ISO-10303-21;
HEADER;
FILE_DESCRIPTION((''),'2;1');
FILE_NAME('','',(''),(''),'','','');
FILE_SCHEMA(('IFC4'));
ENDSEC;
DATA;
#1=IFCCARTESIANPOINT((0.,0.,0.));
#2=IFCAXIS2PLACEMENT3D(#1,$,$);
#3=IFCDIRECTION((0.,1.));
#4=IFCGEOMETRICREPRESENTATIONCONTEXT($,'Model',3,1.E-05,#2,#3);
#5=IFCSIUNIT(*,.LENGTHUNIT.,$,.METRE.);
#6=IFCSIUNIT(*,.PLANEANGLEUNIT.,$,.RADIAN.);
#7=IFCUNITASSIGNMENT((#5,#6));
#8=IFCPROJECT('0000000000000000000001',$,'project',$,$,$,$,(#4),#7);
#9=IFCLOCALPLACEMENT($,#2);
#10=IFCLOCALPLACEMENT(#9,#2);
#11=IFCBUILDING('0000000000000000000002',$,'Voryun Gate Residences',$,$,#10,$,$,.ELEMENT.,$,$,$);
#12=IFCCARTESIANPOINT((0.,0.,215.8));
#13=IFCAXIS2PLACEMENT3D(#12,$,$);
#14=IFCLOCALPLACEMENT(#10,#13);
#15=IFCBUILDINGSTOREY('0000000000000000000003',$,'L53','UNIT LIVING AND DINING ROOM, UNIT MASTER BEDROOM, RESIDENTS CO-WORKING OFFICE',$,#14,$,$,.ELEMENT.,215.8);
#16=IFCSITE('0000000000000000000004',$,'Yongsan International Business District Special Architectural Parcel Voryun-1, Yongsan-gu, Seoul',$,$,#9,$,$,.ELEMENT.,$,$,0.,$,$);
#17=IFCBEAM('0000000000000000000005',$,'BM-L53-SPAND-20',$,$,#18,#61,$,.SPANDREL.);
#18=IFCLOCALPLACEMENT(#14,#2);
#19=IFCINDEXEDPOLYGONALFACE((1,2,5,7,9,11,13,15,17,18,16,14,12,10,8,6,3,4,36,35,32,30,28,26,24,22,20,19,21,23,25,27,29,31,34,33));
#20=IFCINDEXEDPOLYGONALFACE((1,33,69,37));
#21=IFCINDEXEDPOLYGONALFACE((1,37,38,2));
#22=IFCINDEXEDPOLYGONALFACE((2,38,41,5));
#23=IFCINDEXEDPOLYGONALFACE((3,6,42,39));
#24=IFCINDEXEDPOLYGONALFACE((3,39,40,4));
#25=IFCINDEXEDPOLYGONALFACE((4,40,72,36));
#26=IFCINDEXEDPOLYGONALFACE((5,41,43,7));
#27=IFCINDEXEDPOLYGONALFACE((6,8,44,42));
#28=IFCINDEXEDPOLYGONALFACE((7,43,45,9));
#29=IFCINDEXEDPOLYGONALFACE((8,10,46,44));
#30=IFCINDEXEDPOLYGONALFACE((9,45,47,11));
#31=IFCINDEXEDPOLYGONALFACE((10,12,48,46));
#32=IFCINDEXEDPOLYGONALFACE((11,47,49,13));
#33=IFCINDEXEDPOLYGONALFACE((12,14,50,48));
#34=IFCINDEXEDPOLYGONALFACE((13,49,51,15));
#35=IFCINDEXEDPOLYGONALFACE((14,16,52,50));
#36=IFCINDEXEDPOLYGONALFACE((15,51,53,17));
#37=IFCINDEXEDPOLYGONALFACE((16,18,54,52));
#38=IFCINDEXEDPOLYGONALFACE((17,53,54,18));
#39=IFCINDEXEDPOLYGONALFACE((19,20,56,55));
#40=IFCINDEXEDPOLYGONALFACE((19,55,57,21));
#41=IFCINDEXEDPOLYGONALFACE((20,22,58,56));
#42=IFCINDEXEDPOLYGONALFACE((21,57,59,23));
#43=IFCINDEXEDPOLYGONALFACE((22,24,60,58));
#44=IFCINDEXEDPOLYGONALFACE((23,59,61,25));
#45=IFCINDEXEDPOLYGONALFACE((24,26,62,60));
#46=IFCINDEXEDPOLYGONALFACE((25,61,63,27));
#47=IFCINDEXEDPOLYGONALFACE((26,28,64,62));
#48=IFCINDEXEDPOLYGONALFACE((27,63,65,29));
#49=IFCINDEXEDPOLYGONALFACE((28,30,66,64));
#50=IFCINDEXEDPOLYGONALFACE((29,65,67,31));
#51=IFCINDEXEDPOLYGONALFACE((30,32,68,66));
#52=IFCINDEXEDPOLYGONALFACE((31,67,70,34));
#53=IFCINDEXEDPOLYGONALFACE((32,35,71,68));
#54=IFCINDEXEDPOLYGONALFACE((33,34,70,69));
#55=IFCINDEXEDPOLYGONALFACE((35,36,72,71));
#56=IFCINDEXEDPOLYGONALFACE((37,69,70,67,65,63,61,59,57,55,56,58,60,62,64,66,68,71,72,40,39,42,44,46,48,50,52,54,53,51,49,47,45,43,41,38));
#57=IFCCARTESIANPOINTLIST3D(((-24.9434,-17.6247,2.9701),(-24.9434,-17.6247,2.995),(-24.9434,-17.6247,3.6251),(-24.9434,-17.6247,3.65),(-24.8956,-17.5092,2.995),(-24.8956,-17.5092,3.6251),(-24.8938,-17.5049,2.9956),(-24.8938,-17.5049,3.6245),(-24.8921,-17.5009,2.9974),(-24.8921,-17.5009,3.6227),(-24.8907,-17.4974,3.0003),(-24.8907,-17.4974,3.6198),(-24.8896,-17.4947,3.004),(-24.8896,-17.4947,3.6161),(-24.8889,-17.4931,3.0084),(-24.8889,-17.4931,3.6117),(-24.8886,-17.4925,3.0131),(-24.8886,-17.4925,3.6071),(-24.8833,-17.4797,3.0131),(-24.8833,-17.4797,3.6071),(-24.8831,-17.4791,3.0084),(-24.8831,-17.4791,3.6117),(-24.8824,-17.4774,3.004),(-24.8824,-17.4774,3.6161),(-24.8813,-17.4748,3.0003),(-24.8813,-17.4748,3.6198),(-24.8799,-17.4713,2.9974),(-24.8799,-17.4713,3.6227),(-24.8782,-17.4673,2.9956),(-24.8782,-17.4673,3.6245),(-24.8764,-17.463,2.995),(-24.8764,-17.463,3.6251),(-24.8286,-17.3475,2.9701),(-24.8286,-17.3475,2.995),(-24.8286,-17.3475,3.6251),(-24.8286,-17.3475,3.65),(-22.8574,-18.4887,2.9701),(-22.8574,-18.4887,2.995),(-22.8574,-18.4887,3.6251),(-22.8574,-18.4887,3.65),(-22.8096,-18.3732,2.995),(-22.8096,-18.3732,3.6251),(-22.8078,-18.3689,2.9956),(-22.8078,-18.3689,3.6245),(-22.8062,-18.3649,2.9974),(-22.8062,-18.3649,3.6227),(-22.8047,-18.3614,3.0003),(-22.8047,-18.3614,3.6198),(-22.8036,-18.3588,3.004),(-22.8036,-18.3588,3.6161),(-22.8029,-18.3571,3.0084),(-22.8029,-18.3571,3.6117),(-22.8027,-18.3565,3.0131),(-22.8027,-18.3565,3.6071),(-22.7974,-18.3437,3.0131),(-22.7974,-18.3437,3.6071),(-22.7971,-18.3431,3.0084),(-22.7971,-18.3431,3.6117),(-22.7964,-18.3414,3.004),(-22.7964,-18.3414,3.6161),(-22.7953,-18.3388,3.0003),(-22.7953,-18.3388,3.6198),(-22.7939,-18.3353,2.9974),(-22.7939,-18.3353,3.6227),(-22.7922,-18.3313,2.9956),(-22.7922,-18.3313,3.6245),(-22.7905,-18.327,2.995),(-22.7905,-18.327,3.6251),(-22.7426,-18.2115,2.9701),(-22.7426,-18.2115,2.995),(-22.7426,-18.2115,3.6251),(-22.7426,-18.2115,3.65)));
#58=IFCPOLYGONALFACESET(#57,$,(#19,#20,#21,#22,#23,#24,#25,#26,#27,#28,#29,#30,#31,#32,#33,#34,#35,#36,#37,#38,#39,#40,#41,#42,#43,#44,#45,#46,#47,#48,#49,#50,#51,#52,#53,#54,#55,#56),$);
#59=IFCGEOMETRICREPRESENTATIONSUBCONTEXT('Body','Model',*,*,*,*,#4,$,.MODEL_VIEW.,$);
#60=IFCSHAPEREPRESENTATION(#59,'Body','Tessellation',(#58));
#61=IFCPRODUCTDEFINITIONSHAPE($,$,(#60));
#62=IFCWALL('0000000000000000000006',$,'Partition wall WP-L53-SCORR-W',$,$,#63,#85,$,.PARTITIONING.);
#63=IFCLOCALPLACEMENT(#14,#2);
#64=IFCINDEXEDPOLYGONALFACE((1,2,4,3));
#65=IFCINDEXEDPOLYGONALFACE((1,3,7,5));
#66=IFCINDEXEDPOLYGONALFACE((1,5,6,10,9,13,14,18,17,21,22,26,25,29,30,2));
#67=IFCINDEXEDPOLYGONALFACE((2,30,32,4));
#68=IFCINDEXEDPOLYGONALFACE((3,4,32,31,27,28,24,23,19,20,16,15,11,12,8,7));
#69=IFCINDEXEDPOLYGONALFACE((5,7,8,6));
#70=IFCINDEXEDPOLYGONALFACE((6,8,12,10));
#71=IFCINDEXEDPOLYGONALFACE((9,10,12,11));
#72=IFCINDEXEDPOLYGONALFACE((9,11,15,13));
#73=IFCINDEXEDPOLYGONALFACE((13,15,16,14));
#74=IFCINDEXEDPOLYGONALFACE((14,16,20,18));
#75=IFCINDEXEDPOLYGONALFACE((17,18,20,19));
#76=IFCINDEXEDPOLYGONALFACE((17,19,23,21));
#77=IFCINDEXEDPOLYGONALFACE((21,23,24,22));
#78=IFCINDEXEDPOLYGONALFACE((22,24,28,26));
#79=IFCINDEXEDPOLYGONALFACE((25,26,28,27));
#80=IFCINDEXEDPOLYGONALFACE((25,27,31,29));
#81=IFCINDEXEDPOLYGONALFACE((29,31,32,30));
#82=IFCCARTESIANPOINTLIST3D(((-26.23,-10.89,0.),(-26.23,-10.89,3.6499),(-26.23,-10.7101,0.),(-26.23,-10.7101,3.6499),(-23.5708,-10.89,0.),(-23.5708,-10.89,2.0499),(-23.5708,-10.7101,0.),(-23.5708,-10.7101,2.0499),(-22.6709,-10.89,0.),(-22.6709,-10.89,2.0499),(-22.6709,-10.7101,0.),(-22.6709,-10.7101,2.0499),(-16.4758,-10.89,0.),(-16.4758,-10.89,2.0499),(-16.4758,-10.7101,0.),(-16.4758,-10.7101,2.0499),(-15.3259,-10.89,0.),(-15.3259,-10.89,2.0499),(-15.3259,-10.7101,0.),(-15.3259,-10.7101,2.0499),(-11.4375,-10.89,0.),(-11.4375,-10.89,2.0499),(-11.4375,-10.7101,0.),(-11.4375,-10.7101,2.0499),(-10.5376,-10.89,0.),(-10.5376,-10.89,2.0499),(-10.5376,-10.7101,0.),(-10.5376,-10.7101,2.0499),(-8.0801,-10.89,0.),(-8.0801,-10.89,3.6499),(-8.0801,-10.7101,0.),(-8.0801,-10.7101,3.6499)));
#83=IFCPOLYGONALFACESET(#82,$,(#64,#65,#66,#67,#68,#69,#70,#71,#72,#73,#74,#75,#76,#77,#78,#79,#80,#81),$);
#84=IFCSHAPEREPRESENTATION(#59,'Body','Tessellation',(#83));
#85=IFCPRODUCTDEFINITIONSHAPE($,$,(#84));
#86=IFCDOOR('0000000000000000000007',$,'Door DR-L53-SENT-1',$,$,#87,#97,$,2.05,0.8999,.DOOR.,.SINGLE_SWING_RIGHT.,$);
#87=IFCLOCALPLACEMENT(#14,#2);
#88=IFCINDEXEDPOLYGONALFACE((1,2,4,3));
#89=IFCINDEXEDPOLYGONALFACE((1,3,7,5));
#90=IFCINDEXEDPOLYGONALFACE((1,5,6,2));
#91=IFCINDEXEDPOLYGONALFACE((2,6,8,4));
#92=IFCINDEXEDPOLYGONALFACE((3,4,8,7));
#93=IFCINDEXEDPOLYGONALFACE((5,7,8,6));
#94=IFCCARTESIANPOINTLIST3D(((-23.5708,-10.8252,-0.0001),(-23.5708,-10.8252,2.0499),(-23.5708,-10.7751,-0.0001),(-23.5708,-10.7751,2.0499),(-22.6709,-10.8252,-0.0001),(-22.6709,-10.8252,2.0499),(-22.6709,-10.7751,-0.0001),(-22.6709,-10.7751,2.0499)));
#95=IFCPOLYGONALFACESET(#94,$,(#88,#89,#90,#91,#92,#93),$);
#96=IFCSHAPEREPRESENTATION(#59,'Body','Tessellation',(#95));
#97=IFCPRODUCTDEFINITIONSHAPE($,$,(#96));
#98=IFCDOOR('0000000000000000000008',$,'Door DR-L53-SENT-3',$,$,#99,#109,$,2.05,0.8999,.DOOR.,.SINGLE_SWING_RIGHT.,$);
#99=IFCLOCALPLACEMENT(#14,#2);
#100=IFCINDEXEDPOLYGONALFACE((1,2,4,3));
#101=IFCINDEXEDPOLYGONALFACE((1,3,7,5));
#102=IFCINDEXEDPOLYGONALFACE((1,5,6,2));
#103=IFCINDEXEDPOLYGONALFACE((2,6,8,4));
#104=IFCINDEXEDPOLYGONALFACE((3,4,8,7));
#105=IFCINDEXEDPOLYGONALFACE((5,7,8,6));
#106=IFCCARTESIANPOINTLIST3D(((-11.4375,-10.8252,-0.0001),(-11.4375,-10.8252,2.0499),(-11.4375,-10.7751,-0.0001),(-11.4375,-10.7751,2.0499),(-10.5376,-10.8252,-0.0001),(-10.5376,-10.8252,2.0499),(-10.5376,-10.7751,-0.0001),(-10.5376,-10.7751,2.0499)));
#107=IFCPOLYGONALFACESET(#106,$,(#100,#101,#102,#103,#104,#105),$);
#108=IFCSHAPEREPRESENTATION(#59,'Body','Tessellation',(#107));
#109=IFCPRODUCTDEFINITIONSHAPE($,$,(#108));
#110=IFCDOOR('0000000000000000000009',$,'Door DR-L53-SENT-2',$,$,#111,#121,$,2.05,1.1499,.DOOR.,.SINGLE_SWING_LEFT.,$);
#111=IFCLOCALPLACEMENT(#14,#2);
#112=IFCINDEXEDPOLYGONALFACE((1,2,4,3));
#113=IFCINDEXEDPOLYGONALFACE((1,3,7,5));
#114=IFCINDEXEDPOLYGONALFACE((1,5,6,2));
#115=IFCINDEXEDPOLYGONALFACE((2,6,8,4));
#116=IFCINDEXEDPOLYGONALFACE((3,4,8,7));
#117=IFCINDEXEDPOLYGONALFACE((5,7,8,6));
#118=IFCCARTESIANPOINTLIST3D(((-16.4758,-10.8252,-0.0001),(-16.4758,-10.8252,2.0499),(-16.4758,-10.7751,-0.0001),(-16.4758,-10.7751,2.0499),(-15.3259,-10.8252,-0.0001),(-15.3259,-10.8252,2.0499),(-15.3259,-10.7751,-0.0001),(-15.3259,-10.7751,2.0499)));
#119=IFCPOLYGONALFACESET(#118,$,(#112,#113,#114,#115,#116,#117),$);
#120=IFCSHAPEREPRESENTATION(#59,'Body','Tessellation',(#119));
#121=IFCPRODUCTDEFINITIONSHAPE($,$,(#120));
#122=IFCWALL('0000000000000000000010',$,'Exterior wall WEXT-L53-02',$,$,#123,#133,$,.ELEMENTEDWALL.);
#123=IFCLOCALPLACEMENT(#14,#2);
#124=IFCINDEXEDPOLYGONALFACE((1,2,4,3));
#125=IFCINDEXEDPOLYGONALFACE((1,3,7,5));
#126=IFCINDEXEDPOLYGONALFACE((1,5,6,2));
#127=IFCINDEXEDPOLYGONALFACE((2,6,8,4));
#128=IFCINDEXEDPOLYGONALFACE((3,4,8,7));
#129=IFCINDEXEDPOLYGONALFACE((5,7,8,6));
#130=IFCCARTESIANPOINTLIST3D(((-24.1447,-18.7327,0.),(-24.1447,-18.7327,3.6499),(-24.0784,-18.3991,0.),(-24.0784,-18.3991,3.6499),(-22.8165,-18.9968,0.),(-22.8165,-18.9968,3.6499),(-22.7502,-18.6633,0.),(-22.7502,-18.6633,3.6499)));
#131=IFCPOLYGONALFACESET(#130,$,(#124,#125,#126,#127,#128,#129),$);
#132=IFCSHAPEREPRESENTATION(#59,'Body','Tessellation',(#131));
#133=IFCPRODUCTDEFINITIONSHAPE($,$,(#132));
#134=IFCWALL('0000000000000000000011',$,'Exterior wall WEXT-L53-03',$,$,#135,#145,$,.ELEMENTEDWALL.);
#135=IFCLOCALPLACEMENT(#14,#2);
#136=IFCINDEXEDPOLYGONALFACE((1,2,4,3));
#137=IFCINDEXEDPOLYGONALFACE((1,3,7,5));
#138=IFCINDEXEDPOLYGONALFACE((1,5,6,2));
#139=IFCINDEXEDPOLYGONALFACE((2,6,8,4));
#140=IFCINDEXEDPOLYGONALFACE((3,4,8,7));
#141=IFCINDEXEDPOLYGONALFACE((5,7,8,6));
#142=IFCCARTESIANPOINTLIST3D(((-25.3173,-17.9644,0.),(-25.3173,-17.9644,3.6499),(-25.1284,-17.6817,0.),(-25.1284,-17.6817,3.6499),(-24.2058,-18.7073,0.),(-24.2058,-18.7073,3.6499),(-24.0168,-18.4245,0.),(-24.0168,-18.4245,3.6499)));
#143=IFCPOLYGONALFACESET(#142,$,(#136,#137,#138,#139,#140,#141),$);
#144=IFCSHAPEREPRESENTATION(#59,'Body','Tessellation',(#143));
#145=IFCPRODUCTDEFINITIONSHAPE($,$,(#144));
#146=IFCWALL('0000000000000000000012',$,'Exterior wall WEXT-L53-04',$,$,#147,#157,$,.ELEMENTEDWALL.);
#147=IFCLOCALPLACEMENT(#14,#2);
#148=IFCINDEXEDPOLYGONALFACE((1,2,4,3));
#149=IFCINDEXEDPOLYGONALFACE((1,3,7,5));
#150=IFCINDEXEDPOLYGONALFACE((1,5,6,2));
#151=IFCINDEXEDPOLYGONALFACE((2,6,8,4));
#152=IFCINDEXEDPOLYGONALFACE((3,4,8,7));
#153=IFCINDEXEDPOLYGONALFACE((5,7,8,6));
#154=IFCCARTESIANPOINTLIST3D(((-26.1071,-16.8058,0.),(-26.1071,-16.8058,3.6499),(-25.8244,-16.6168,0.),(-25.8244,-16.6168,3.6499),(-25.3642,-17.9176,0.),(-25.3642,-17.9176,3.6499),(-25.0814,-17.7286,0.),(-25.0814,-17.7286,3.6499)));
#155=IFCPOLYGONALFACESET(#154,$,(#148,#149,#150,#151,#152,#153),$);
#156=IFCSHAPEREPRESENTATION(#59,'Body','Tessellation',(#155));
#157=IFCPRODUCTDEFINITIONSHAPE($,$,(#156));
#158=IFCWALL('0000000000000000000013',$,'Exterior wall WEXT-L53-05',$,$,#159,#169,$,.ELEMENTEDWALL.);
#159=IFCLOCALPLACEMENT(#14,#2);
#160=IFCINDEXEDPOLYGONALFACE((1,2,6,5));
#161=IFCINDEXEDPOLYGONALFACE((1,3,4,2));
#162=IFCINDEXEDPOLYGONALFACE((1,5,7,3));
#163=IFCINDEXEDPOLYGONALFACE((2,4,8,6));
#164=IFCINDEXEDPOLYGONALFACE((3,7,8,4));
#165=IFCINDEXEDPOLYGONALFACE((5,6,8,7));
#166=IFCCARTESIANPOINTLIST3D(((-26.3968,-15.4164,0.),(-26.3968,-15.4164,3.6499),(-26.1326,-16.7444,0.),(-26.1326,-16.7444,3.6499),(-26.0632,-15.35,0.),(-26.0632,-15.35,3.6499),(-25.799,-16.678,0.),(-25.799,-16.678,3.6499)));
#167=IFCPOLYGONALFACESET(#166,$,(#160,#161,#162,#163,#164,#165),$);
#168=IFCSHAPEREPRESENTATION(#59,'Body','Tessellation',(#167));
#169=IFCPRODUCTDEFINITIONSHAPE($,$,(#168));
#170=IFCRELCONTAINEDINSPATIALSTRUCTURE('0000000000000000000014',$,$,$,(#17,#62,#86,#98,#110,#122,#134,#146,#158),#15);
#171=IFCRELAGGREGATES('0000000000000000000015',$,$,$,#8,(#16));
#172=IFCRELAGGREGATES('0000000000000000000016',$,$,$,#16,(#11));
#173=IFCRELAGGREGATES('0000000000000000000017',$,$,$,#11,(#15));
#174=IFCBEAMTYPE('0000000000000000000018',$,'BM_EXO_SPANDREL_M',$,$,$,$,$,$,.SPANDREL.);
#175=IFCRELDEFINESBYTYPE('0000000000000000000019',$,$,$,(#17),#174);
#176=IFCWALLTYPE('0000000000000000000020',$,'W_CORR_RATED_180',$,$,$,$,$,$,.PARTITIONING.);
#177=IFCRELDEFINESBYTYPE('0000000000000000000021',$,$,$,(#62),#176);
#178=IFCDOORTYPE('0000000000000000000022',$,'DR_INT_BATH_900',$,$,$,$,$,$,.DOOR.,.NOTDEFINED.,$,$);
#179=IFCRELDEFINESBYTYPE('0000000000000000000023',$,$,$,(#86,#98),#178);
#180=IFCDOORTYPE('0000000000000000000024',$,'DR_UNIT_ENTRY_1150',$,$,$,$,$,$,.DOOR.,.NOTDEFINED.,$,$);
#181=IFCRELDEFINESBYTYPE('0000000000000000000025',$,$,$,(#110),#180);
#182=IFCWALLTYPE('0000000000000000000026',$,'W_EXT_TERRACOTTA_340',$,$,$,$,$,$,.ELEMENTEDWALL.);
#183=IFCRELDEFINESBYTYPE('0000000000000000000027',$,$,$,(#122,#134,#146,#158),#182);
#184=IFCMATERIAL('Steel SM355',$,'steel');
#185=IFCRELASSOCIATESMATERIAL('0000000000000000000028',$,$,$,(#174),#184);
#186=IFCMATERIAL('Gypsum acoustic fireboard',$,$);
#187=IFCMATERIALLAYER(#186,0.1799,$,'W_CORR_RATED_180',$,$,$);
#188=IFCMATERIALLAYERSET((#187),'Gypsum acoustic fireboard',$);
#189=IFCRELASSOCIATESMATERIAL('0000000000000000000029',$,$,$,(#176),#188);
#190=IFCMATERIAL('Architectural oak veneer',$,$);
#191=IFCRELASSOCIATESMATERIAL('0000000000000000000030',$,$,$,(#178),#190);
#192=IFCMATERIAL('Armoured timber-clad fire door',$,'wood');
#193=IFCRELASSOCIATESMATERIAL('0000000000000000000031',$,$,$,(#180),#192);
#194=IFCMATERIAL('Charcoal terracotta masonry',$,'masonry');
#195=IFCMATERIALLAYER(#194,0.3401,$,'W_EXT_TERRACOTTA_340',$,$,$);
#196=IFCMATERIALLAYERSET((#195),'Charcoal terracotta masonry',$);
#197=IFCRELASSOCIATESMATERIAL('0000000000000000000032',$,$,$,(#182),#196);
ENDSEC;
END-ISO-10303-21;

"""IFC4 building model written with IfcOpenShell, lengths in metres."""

from ifc_helpers import new_model, si_unit, direction, frame, frame_2d, origin, origin_2d, place, context, subcontext, project, spatial, rectangle, i_section, extrude, material, layer, layer_set, material_profile, profile_set, type_object, element, fill, save


model = new_model("IFC4")

# Units and contexts
model_context = context("Model", 3, precision=1e-05, world=origin(), true_north=direction((0.0, 1.0)))
body_context = subcontext(model_context, "Body", "Model", "MODEL_VIEW")
ifc_project = project(units=[si_unit("LENGTHUNIT", "METRE"), si_unit("PLANEANGLEUNIT", "RADIAN")], contexts=[model_context])

# Site, building, storey
site_placement = place(None, origin())
site = spatial("IfcSite", under=ifc_project, at=site_placement, Name="Yongsan International Business District Special Architectural Parcel Voryun-1, Yongsan-gu, Seoul", CompositionType="ELEMENT", RefElevation=0.0)
building_placement = place(site_placement, origin())
building = spatial("IfcBuilding", under=site, at=building_placement, Name="Voryun Gate Residences", CompositionType="ELEMENT")
storey_placement = place(building_placement, frame((0.0, 0.0, 215.8)))
storey = spatial("IfcBuildingStorey", under=building, at=storey_placement, Name="L53", Description="UNIT LIVING AND DINING ROOM, UNIT MASTER BEDROOM, RESIDENTS CO-WORKING OFFICE", CompositionType="ELEMENT", Elevation=215.8)

# Beam
ifc_material_1 = material(Name="Steel SM355", Category="steel")
ifc_material_profile_1 = material_profile(ifc_material_1, i_section(OverallWidth=0.3, OverallDepth=0.6799, WebThickness=0.0139, FlangeThickness=0.0249, FilletRadius=0.0181, at=origin_2d()), Name="H-680x300x14x25")
ifc_profile_set_1 = profile_set([ifc_material_profile_1], Name="Steel SM355")
beam_type = type_object("IfcBeamType", Name="BM_EXO_SPANDREL_M", PredefinedType="SPANDREL", material=ifc_profile_set_1)
beam_1_placement = place(storey_placement, frame((-24.886, -17.4861, 3.3101), z_axis=(0.923881, -0.38268, 0.0), x_axis=(0.38268, 0.923881, 0.0)))
element("IfcBeam", 1, at=beam_1_placement, inside=storey, type_object=beam_type, Name="BM-L53-SPAND-20", PredefinedType="SPANDREL", context=body_context, shape_type="SweptSolid", body=[
    extrude(i_section(OverallWidth=0.3, OverallDepth=0.6799, WebThickness=0.0139, FlangeThickness=0.0249, FilletRadius=0.0181, at=origin_2d()), origin(), (0.0, 0.0, 1.0), 2.2578),
])

# Wall, openings, doors
ifc_material_2 = material(Name="Gypsum acoustic fireboard")
ifc_layer_1 = layer(ifc_material_2, 0.1799, Name="W_CORR_RATED_180")
ifc_layer_set_1 = layer_set([ifc_layer_1], Name="Gypsum acoustic fireboard")
wall_type_1 = type_object("IfcWallType", Name="W_CORR_RATED_180", PredefinedType="PARTITIONING", material=ifc_layer_set_1)
wall_1_placement = place(storey_placement, frame((-26.23, -10.8, 0.0), z_axis=(0.0, 0.0, 1.0), x_axis=(1.0, 0.0, 0.0)))
wall_1 = element("IfcWall", 2, at=wall_1_placement, inside=storey, type_object=wall_type_1, Name="Partition wall WP-L53-SCORR-W", PredefinedType="PARTITIONING", context=body_context, shape_type="SweptSolid", body=[
    extrude(rectangle(XDim=18.1499, YDim=0.1799, at=frame_2d((9.075, 0.0))), origin(), (0.0, 0.0, 1.0), 3.6499),
])
opening_1_placement = place(wall_1_placement, frame((2.6592, 0.0, 0.0)))
opening_1 = element("IfcOpeningElement", 3, at=opening_1_placement, cuts=wall_1, PredefinedType="OPENING", context=body_context, shape_type="SweptSolid", body=[
    extrude(rectangle(XDim=0.8999, YDim=2.05, at=frame_2d((0.45, 1.0249))), frame((0.0, 0.0999, 0.0), z_axis=(0.0, -1.0, 0.0), x_axis=(1.0, 0.0, 0.0)), (0.0, 0.0, 1.0), 0.2),
])
opening_2_placement = place(wall_1_placement, frame((9.7542, 0.0, 0.0)))
opening_2 = element("IfcOpeningElement", 4, at=opening_2_placement, cuts=wall_1, PredefinedType="OPENING", context=body_context, shape_type="SweptSolid", body=[
    extrude(rectangle(XDim=1.1499, YDim=2.05, at=frame_2d((0.575, 1.0249))), frame((0.0, 0.0999, 0.0), z_axis=(0.0, -1.0, 0.0), x_axis=(1.0, 0.0, 0.0)), (0.0, 0.0, 1.0), 0.2),
])
opening_3_placement = place(wall_1_placement, frame((14.7925, 0.0, 0.0)))
opening_3 = element("IfcOpeningElement", 5, at=opening_3_placement, cuts=wall_1, PredefinedType="OPENING", context=body_context, shape_type="SweptSolid", body=[
    extrude(rectangle(XDim=0.8999, YDim=2.05, at=frame_2d((0.45, 1.0249))), frame((0.0, 0.0999, 0.0), z_axis=(0.0, -1.0, 0.0), x_axis=(1.0, 0.0, 0.0)), (0.0, 0.0, 1.0), 0.2),
])
ifc_material_3 = material(Name="Architectural oak veneer")
door_type_1 = type_object("IfcDoorType", Name="DR_INT_BATH_900", OperationType="NOTDEFINED", PredefinedType="DOOR", material=ifc_material_3)
door_1_placement = place(opening_1_placement, origin())
door_1 = element("IfcDoor", 6, at=door_1_placement, inside=storey, type_object=door_type_1, Name="Door DR-L53-SENT-1", OperationType="SINGLE_SWING_RIGHT", OverallHeight=2.05, OverallWidth=0.8999, PredefinedType="DOOR", context=body_context, shape_type="SweptSolid", body=[
    extrude(rectangle(XDim=0.8999, YDim=2.05, at=frame_2d((0.45, 1.0249))), frame((0.0, 0.0249, 0.0), z_axis=(0.0, -1.0, 0.0), x_axis=(1.0, 0.0, 0.0)), (0.0, 0.0, 1.0), 0.05),
])
fill(opening_1, door_1)
door_2_placement = place(opening_3_placement, origin())
door_2 = element("IfcDoor", 7, at=door_2_placement, inside=storey, type_object=door_type_1, Name="Door DR-L53-SENT-3", OperationType="SINGLE_SWING_RIGHT", OverallHeight=2.05, OverallWidth=0.8999, PredefinedType="DOOR", context=body_context, shape_type="SweptSolid", body=[
    extrude(rectangle(XDim=0.8999, YDim=2.05, at=frame_2d((0.45, 1.0249))), frame((0.0, 0.0249, 0.0), z_axis=(0.0, -1.0, 0.0), x_axis=(1.0, 0.0, 0.0)), (0.0, 0.0, 1.0), 0.05),
])
fill(opening_3, door_2)
ifc_material_4 = material(Name="Armoured timber-clad fire door", Category="wood")
door_type_2 = type_object("IfcDoorType", Name="DR_UNIT_ENTRY_1150", OperationType="NOTDEFINED", PredefinedType="DOOR", material=ifc_material_4)
door_3_placement = place(opening_2_placement, origin())
door_3 = element("IfcDoor", 8, at=door_3_placement, inside=storey, type_object=door_type_2, Name="Door DR-L53-SENT-2", OperationType="SINGLE_SWING_LEFT", OverallHeight=2.05, OverallWidth=1.1499, PredefinedType="DOOR", context=body_context, shape_type="SweptSolid", body=[
    extrude(rectangle(XDim=1.1499, YDim=2.05, at=frame_2d((0.575, 1.0249))), frame((0.0, 0.0249, 0.0), z_axis=(0.0, -1.0, 0.0), x_axis=(1.0, 0.0, 0.0)), (0.0, 0.0, 1.0), 0.05),
])
fill(opening_2, door_3)

# Walls
ifc_material_5 = material(Name="Charcoal terracotta masonry", Category="masonry")
ifc_layer_2 = layer(ifc_material_5, 0.3401, Name="W_EXT_TERRACOTTA_340")
ifc_layer_set_2 = layer_set([ifc_layer_2], Name="Charcoal terracotta masonry")
wall_type_2 = type_object("IfcWallType", Name="W_EXT_TERRACOTTA_340", PredefinedType="ELEMENTEDWALL", material=ifc_layer_set_2)
wall_2_placement = place(storey_placement, frame((-22.7832, -18.8301, 0.0), z_axis=(0.0, 0.0, 1.0), x_axis=(-0.980788, 0.195076, 0.0)))
element("IfcWall", 9, at=wall_2_placement, inside=storey, type_object=wall_type_2, Name="Exterior wall WEXT-L53-02", PredefinedType="ELEMENTEDWALL", context=body_context, shape_type="SweptSolid", body=[
    extrude(rectangle(XDim=1.3542, YDim=0.3401, at=frame_2d((0.6772, 0.0))), origin(), (0.0, 0.0, 1.0), 3.6499),
])
wall_3_placement = place(storey_placement, frame((-24.1113, -18.5659, 0.0), z_axis=(0.0, 0.0, 1.0), x_axis=(-0.831404, 0.555669, 0.0)))
element("IfcWall", 10, at=wall_3_placement, inside=storey, type_object=wall_type_2, Name="Exterior wall WEXT-L53-03", PredefinedType="ELEMENTEDWALL", context=body_context, shape_type="SweptSolid", body=[
    extrude(rectangle(XDim=1.3369, YDim=0.3401, at=frame_2d((0.6685, 0.0))), origin(), (0.0, 0.0, 1.0), 3.6499),
])
wall_4_placement = place(storey_placement, frame((-25.2229, -17.823, 0.0), z_axis=(0.0, 0.0, 1.0), x_axis=(-0.555585, 0.83146, 0.0)))
element("IfcWall", 11, at=wall_4_placement, inside=storey, type_object=wall_type_2, Name="Exterior wall WEXT-L53-04", PredefinedType="ELEMENTEDWALL", context=body_context, shape_type="SweptSolid", body=[
    extrude(rectangle(XDim=1.3372, YDim=0.3401, at=frame_2d((0.6685, 0.0))), origin(), (0.0, 0.0, 1.0), 3.6499),
])
wall_5_placement = place(storey_placement, frame((-25.9658, -16.7112, 0.0), z_axis=(0.0, 0.0, 1.0), x_axis=(-0.19511, 0.980781, 0.0)))
element("IfcWall", 12, at=wall_5_placement, inside=storey, type_object=wall_type_2, Name="Exterior wall WEXT-L53-05", PredefinedType="ELEMENTEDWALL", context=body_context, shape_type="SweptSolid", body=[
    extrude(rectangle(XDim=1.354, YDim=0.3401, at=frame_2d((0.677, 0.0))), origin(), (0.0, 0.0, 1.0), 3.6499),
])

save(model, "model.ifc")
